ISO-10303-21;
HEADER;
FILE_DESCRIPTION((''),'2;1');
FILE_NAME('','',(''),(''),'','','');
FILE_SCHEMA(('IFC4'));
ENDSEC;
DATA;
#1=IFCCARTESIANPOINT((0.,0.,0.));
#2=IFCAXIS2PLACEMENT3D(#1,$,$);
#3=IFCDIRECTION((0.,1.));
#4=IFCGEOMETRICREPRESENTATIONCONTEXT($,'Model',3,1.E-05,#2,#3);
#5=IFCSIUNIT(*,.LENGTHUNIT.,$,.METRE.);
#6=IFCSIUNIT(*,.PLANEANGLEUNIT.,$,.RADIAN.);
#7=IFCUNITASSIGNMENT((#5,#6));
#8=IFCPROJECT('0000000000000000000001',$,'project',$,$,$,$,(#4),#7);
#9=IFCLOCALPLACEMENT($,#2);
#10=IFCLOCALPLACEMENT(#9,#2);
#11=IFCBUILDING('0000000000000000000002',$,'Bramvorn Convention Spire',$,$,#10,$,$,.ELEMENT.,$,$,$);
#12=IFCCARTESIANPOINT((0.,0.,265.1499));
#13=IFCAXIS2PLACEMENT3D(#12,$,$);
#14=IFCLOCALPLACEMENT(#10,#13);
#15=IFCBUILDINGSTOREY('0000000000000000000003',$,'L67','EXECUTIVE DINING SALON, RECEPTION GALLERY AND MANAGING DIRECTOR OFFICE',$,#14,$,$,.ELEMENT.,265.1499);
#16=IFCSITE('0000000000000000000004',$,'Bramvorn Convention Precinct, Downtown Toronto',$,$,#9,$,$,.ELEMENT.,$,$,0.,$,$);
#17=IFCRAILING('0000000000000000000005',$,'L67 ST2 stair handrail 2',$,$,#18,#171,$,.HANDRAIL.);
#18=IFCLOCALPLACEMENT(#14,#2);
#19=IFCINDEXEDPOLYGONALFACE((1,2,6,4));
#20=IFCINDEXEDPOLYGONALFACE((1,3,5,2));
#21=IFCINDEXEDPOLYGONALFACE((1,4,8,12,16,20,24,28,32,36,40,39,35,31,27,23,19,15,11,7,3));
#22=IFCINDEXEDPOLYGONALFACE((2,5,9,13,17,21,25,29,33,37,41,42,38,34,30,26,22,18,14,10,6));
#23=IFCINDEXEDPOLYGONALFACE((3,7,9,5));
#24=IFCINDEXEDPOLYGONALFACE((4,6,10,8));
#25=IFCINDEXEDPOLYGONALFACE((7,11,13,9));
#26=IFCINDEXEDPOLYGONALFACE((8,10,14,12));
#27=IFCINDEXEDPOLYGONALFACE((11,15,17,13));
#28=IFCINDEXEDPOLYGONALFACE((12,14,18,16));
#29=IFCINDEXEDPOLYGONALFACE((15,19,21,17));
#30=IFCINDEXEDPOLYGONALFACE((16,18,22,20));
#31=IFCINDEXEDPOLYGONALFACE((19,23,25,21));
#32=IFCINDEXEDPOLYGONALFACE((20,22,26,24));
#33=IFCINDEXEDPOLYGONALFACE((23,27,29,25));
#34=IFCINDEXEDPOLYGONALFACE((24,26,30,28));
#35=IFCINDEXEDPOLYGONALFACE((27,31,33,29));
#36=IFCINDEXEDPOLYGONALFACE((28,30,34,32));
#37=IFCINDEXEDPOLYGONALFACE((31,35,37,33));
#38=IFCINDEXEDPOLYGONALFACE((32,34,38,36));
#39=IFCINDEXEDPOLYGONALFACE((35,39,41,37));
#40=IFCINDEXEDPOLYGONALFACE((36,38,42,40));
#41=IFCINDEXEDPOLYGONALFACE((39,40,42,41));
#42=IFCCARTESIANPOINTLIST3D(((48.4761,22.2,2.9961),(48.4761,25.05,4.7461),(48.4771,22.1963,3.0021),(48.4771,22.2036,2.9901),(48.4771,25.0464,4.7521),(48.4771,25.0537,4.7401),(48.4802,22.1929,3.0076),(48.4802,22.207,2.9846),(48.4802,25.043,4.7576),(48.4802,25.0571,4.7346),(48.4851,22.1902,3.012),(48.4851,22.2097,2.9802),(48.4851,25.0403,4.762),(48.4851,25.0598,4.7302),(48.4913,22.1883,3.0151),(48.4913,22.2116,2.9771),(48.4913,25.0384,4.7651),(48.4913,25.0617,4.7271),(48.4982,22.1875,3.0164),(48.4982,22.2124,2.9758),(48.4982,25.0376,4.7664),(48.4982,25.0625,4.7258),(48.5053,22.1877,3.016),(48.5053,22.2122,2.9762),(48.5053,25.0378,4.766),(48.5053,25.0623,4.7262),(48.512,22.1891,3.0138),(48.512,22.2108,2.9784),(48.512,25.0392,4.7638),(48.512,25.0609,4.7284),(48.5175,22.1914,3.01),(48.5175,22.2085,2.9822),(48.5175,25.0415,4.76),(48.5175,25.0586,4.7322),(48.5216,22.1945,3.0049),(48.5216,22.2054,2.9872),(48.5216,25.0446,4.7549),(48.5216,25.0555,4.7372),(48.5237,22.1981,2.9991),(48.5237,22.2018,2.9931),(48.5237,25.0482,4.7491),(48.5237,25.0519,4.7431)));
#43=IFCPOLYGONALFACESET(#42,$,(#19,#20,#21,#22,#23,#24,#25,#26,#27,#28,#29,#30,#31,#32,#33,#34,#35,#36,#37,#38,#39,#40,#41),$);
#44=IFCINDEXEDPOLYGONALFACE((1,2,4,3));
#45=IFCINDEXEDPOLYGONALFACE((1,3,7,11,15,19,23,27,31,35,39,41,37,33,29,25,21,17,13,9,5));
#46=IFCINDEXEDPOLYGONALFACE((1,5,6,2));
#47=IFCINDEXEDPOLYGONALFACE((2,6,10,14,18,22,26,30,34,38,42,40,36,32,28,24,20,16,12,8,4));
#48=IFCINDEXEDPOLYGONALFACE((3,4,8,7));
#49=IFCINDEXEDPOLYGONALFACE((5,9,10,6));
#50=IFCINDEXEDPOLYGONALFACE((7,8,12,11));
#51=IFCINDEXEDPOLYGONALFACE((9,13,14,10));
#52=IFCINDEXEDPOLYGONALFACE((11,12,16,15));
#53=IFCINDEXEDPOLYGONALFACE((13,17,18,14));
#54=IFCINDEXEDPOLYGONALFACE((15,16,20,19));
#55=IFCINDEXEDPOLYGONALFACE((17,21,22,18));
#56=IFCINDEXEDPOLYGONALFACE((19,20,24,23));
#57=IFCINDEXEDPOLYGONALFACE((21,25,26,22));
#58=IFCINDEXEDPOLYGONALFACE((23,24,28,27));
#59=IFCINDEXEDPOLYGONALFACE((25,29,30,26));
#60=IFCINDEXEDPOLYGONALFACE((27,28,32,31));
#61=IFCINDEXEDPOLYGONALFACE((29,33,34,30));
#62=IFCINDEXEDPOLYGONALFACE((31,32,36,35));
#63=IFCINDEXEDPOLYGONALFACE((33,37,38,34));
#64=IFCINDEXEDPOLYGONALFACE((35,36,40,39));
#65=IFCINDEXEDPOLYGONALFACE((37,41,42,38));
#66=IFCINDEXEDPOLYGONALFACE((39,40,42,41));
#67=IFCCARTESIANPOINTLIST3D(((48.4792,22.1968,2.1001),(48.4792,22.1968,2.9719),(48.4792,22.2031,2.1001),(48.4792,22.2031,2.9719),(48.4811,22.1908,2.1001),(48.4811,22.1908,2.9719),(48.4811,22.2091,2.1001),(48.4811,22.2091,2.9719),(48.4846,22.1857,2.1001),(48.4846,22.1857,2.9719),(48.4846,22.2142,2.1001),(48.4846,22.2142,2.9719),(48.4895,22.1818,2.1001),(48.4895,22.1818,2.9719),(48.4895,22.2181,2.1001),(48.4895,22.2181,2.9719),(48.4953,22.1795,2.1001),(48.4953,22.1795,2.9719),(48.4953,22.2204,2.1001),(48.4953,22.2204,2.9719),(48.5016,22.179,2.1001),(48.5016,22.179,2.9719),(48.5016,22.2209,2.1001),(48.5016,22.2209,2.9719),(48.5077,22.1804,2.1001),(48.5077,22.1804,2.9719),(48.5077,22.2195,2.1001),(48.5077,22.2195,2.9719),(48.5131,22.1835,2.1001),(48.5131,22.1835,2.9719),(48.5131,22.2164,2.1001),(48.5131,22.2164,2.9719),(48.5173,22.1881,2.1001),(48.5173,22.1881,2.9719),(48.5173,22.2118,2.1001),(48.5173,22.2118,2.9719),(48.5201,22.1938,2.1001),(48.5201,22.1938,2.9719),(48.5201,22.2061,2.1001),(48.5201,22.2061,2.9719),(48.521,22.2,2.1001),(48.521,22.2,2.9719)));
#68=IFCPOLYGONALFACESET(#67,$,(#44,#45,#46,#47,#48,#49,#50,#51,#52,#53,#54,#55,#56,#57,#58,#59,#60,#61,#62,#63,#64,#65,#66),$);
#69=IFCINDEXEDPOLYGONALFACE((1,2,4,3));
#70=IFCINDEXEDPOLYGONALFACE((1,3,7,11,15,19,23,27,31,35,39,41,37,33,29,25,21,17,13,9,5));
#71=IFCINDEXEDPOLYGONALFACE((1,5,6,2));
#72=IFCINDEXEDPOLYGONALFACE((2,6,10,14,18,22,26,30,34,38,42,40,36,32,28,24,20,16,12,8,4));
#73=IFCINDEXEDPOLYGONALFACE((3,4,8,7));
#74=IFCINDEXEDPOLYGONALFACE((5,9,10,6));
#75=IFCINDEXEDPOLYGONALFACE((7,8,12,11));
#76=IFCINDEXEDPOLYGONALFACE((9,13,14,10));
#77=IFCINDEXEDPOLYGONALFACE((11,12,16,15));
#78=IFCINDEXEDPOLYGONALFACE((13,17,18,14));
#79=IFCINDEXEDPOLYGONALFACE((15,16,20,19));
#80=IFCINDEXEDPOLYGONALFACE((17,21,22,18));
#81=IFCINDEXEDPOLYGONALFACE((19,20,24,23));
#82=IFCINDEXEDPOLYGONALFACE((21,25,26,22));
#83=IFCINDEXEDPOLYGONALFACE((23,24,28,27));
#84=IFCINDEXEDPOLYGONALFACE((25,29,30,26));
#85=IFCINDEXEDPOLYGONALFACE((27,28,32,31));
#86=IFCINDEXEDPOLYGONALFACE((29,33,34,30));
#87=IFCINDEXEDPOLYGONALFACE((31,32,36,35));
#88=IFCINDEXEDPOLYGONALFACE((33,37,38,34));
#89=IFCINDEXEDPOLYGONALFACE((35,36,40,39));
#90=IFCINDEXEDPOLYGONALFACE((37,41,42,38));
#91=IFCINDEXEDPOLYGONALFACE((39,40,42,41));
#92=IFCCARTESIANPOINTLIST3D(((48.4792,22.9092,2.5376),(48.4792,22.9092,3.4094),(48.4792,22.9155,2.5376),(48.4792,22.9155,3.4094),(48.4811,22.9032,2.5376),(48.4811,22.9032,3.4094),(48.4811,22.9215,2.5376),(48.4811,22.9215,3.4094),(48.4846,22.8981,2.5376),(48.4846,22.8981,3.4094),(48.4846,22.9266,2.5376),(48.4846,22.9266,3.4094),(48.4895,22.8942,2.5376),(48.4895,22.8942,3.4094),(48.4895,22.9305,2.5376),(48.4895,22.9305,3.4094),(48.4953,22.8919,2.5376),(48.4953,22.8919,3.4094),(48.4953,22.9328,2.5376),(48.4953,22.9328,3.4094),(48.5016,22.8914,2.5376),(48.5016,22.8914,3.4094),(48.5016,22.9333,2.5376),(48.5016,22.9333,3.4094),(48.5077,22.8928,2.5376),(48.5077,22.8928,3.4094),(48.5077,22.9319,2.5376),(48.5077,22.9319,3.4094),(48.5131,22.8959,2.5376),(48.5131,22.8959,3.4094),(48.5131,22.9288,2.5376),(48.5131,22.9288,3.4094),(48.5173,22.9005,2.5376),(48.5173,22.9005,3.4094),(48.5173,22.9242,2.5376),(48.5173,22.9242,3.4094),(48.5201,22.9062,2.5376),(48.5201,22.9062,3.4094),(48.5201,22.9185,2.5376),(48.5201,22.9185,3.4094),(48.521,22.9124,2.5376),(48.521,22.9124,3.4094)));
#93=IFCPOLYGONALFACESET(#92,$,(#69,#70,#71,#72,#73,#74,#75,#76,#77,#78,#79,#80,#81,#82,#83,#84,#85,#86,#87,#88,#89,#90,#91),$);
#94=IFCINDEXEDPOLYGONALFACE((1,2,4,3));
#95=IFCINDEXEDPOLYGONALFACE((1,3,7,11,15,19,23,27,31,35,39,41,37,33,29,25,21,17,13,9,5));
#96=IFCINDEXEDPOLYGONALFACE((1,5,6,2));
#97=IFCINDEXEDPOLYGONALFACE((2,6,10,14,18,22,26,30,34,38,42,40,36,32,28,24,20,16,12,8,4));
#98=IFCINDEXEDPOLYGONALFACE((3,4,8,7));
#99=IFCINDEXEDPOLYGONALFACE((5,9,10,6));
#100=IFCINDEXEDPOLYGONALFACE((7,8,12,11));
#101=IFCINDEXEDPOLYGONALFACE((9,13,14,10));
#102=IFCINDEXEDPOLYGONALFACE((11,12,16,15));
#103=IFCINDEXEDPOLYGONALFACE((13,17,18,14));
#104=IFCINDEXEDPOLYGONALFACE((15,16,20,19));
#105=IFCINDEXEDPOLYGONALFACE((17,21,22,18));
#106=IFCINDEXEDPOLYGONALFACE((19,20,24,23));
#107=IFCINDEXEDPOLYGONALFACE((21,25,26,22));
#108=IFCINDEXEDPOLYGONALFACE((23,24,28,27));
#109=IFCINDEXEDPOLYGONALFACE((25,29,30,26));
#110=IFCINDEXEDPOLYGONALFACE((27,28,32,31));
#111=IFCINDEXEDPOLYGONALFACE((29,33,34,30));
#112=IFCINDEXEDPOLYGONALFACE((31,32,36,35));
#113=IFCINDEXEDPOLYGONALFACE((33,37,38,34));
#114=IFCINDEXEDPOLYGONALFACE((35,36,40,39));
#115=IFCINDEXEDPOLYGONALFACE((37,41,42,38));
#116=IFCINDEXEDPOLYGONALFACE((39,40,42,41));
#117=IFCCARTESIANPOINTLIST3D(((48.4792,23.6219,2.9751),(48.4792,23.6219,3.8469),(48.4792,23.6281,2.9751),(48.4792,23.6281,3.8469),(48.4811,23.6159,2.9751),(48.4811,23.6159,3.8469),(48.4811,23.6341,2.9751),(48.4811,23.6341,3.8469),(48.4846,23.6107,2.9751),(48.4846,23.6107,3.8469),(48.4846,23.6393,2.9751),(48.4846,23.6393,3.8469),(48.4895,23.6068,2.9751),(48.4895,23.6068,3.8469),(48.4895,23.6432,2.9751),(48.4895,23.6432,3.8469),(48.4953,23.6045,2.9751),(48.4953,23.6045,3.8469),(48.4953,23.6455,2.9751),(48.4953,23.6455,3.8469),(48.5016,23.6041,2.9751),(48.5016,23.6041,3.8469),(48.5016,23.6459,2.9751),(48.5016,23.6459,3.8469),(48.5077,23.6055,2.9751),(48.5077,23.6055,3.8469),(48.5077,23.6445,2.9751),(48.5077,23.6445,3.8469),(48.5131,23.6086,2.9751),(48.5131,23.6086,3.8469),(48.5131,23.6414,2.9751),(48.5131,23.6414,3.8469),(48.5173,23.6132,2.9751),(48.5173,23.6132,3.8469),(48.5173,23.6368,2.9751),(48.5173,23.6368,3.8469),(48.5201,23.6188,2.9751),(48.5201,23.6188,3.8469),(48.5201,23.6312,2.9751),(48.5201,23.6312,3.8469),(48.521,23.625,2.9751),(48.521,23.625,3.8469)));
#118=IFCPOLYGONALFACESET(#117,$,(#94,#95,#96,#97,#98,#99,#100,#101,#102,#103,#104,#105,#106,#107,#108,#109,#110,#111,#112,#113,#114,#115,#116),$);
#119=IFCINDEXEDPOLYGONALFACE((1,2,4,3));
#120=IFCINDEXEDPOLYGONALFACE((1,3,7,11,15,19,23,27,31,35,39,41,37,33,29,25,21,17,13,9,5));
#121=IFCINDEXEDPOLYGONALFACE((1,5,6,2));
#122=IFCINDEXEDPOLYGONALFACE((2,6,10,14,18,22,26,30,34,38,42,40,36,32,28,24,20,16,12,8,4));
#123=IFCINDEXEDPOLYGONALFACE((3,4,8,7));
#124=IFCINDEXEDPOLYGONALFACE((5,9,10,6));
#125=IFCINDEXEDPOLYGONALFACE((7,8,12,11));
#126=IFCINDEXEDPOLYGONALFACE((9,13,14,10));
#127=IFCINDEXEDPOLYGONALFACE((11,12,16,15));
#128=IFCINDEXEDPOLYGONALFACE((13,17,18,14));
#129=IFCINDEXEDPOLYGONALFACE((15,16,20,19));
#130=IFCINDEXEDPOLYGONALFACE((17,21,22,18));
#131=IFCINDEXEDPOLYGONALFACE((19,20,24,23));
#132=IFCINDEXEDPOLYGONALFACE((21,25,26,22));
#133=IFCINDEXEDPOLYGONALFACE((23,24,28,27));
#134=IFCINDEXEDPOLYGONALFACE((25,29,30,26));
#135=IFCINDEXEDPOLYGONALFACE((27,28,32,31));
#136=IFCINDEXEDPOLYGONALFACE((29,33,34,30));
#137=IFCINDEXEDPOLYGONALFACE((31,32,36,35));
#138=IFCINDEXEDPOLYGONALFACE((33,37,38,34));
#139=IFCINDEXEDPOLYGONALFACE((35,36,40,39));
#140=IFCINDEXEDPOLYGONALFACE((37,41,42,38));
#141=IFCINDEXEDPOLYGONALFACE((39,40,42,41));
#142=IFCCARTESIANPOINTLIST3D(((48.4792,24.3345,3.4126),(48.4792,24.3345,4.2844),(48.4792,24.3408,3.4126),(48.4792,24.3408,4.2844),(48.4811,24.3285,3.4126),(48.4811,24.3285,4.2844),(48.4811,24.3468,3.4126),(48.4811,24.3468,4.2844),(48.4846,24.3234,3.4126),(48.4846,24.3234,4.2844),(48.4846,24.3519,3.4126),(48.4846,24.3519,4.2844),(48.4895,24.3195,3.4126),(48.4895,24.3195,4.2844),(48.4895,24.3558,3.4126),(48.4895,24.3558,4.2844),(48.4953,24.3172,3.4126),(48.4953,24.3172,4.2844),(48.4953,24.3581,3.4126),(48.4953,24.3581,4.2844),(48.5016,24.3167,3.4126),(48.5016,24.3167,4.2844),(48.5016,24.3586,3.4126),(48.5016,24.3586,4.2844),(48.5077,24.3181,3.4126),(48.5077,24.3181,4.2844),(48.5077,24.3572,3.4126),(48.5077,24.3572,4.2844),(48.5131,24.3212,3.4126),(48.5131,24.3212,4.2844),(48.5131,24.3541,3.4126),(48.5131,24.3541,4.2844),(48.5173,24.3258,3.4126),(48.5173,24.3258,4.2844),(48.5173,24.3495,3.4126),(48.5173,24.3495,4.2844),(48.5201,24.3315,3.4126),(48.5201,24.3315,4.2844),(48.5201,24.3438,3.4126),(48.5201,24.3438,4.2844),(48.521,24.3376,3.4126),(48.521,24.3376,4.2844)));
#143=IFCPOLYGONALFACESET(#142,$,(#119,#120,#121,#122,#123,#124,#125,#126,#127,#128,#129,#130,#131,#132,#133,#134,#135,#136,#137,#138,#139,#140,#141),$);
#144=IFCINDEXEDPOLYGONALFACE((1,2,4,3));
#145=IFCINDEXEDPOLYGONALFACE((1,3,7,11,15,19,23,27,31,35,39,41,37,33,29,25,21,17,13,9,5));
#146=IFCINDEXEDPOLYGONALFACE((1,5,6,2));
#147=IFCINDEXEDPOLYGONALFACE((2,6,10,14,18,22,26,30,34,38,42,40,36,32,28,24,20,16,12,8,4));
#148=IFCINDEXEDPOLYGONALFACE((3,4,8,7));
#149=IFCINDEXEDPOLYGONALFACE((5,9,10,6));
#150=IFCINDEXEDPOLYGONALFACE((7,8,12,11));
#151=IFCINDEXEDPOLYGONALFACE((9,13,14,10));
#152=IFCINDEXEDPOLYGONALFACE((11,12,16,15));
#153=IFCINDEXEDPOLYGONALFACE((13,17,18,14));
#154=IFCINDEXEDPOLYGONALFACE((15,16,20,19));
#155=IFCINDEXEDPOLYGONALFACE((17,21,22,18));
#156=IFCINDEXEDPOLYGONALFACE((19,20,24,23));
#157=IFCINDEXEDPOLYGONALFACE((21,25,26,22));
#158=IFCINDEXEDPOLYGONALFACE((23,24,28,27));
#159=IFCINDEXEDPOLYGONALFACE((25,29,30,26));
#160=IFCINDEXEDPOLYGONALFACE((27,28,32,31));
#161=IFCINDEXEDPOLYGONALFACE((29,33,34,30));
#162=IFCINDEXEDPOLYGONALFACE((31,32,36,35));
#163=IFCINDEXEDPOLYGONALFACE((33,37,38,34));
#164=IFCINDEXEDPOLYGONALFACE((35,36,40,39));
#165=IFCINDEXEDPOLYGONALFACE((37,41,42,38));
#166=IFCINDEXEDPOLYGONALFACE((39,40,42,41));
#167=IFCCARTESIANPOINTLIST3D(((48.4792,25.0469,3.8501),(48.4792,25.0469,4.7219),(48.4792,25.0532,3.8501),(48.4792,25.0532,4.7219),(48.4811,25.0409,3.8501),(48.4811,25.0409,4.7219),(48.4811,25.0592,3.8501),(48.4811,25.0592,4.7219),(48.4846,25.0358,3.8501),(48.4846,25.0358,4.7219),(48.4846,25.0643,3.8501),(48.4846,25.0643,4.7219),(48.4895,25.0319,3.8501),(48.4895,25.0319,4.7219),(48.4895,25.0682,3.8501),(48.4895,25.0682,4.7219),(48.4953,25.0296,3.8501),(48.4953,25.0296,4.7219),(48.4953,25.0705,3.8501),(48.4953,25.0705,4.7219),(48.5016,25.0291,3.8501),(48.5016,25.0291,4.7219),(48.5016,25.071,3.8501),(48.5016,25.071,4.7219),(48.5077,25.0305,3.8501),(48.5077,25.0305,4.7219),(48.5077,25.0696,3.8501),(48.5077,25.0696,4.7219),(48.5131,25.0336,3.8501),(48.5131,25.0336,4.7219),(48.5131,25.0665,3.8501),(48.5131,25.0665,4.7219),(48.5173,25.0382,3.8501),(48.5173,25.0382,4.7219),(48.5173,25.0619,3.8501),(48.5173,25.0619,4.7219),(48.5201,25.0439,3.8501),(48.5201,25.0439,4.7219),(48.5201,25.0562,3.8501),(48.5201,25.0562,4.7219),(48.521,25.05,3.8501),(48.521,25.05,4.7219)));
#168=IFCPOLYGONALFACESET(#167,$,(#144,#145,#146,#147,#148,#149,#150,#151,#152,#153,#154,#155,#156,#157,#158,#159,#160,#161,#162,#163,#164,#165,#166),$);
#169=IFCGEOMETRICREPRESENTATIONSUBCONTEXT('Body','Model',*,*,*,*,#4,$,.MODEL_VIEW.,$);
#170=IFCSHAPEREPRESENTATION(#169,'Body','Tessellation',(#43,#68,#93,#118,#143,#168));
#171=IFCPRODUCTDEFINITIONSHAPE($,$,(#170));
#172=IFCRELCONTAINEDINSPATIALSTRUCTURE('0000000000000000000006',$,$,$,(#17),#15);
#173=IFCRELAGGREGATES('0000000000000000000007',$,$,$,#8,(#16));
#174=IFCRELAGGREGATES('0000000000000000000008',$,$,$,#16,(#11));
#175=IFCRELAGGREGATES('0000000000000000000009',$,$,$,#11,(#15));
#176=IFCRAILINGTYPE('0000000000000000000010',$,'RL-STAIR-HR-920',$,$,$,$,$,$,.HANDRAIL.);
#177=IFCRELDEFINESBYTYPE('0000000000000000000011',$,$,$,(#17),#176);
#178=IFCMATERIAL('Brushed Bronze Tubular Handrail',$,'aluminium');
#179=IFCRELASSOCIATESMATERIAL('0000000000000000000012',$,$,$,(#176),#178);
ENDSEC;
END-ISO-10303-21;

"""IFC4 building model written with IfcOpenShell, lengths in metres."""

from ifc_helpers import new_model, si_unit, direction, frame, origin, origin_2d, place, context, subcontext, project, spatial, circle, extrude, material, type_object, element, save


model = new_model("IFC4")

# Units and contexts
model_context = context("Model", 3, precision=1e-05, world=origin(), true_north=direction((0.0, 1.0)))
body_context = subcontext(model_context, "Body", "Model", "MODEL_VIEW")
ifc_project = project(units=[si_unit("LENGTHUNIT", "METRE"), si_unit("PLANEANGLEUNIT", "RADIAN")], contexts=[model_context])

# Site, building, storey
site_placement = place(None, origin())
site = spatial("IfcSite", under=ifc_project, at=site_placement, Name="Bramvorn Convention Precinct, Downtown Toronto", CompositionType="ELEMENT", RefElevation=0.0)
building_placement = place(site_placement, origin())
building = spatial("IfcBuilding", under=site, at=building_placement, Name="Bramvorn Convention Spire", CompositionType="ELEMENT")
storey_placement = place(building_placement, frame((0.0, 0.0, 265.1499)))
storey = spatial("IfcBuildingStorey", under=building, at=storey_placement, Name="L67", Description="EXECUTIVE DINING SALON, RECEPTION GALLERY AND MANAGING DIRECTOR OFFICE", CompositionType="ELEMENT", Elevation=265.1499)

# Railing
ifc_material_1 = material(Name="Brushed Bronze Tubular Handrail", Category="aluminium")
railing_type_1 = type_object("IfcRailingType", Name="RL-STAIR-HR-920", PredefinedType="HANDRAIL", material=ifc_material_1)
railing_1_placement = place(storey_placement, frame((48.5, 22.2, 2.1001)))
element("IfcRailing", 1, at=railing_1_placement, inside=storey, type_object=railing_type_1, Name="L67 ST2 stair handrail 2", PredefinedType="HANDRAIL", context=body_context, shape_type="SweptSolid", body=[
    extrude(circle(Radius=0.0239, at=origin_2d()), frame((0.0, 0.0, 0.896), z_axis=(0.0, 0.852179, 0.52325), x_axis=(-1.0, 0.0, 0.0)), (0.0, 0.0, 1.0), 3.3445),
    extrude(circle(Radius=0.021, at=origin_2d()), origin(), (0.0, 0.0, 1.0), 0.8718),
    extrude(circle(Radius=0.021, at=origin_2d()), frame((0.0, 0.7124, 0.4375)), (0.0, 0.0, 1.0), 0.8718),
    extrude(circle(Radius=0.021, at=origin_2d()), frame((0.0, 1.425, 0.875)), (0.0, 0.0, 1.0), 0.8718),
    extrude(circle(Radius=0.021, at=origin_2d()), frame((0.0, 2.1377, 1.3125)), (0.0, 0.0, 1.0), 0.8718),
    extrude(circle(Radius=0.021, at=origin_2d()), frame((0.0, 2.8501, 1.75)), (0.0, 0.0, 1.0), 0.8718),
])

save(model, "model.ifc")
